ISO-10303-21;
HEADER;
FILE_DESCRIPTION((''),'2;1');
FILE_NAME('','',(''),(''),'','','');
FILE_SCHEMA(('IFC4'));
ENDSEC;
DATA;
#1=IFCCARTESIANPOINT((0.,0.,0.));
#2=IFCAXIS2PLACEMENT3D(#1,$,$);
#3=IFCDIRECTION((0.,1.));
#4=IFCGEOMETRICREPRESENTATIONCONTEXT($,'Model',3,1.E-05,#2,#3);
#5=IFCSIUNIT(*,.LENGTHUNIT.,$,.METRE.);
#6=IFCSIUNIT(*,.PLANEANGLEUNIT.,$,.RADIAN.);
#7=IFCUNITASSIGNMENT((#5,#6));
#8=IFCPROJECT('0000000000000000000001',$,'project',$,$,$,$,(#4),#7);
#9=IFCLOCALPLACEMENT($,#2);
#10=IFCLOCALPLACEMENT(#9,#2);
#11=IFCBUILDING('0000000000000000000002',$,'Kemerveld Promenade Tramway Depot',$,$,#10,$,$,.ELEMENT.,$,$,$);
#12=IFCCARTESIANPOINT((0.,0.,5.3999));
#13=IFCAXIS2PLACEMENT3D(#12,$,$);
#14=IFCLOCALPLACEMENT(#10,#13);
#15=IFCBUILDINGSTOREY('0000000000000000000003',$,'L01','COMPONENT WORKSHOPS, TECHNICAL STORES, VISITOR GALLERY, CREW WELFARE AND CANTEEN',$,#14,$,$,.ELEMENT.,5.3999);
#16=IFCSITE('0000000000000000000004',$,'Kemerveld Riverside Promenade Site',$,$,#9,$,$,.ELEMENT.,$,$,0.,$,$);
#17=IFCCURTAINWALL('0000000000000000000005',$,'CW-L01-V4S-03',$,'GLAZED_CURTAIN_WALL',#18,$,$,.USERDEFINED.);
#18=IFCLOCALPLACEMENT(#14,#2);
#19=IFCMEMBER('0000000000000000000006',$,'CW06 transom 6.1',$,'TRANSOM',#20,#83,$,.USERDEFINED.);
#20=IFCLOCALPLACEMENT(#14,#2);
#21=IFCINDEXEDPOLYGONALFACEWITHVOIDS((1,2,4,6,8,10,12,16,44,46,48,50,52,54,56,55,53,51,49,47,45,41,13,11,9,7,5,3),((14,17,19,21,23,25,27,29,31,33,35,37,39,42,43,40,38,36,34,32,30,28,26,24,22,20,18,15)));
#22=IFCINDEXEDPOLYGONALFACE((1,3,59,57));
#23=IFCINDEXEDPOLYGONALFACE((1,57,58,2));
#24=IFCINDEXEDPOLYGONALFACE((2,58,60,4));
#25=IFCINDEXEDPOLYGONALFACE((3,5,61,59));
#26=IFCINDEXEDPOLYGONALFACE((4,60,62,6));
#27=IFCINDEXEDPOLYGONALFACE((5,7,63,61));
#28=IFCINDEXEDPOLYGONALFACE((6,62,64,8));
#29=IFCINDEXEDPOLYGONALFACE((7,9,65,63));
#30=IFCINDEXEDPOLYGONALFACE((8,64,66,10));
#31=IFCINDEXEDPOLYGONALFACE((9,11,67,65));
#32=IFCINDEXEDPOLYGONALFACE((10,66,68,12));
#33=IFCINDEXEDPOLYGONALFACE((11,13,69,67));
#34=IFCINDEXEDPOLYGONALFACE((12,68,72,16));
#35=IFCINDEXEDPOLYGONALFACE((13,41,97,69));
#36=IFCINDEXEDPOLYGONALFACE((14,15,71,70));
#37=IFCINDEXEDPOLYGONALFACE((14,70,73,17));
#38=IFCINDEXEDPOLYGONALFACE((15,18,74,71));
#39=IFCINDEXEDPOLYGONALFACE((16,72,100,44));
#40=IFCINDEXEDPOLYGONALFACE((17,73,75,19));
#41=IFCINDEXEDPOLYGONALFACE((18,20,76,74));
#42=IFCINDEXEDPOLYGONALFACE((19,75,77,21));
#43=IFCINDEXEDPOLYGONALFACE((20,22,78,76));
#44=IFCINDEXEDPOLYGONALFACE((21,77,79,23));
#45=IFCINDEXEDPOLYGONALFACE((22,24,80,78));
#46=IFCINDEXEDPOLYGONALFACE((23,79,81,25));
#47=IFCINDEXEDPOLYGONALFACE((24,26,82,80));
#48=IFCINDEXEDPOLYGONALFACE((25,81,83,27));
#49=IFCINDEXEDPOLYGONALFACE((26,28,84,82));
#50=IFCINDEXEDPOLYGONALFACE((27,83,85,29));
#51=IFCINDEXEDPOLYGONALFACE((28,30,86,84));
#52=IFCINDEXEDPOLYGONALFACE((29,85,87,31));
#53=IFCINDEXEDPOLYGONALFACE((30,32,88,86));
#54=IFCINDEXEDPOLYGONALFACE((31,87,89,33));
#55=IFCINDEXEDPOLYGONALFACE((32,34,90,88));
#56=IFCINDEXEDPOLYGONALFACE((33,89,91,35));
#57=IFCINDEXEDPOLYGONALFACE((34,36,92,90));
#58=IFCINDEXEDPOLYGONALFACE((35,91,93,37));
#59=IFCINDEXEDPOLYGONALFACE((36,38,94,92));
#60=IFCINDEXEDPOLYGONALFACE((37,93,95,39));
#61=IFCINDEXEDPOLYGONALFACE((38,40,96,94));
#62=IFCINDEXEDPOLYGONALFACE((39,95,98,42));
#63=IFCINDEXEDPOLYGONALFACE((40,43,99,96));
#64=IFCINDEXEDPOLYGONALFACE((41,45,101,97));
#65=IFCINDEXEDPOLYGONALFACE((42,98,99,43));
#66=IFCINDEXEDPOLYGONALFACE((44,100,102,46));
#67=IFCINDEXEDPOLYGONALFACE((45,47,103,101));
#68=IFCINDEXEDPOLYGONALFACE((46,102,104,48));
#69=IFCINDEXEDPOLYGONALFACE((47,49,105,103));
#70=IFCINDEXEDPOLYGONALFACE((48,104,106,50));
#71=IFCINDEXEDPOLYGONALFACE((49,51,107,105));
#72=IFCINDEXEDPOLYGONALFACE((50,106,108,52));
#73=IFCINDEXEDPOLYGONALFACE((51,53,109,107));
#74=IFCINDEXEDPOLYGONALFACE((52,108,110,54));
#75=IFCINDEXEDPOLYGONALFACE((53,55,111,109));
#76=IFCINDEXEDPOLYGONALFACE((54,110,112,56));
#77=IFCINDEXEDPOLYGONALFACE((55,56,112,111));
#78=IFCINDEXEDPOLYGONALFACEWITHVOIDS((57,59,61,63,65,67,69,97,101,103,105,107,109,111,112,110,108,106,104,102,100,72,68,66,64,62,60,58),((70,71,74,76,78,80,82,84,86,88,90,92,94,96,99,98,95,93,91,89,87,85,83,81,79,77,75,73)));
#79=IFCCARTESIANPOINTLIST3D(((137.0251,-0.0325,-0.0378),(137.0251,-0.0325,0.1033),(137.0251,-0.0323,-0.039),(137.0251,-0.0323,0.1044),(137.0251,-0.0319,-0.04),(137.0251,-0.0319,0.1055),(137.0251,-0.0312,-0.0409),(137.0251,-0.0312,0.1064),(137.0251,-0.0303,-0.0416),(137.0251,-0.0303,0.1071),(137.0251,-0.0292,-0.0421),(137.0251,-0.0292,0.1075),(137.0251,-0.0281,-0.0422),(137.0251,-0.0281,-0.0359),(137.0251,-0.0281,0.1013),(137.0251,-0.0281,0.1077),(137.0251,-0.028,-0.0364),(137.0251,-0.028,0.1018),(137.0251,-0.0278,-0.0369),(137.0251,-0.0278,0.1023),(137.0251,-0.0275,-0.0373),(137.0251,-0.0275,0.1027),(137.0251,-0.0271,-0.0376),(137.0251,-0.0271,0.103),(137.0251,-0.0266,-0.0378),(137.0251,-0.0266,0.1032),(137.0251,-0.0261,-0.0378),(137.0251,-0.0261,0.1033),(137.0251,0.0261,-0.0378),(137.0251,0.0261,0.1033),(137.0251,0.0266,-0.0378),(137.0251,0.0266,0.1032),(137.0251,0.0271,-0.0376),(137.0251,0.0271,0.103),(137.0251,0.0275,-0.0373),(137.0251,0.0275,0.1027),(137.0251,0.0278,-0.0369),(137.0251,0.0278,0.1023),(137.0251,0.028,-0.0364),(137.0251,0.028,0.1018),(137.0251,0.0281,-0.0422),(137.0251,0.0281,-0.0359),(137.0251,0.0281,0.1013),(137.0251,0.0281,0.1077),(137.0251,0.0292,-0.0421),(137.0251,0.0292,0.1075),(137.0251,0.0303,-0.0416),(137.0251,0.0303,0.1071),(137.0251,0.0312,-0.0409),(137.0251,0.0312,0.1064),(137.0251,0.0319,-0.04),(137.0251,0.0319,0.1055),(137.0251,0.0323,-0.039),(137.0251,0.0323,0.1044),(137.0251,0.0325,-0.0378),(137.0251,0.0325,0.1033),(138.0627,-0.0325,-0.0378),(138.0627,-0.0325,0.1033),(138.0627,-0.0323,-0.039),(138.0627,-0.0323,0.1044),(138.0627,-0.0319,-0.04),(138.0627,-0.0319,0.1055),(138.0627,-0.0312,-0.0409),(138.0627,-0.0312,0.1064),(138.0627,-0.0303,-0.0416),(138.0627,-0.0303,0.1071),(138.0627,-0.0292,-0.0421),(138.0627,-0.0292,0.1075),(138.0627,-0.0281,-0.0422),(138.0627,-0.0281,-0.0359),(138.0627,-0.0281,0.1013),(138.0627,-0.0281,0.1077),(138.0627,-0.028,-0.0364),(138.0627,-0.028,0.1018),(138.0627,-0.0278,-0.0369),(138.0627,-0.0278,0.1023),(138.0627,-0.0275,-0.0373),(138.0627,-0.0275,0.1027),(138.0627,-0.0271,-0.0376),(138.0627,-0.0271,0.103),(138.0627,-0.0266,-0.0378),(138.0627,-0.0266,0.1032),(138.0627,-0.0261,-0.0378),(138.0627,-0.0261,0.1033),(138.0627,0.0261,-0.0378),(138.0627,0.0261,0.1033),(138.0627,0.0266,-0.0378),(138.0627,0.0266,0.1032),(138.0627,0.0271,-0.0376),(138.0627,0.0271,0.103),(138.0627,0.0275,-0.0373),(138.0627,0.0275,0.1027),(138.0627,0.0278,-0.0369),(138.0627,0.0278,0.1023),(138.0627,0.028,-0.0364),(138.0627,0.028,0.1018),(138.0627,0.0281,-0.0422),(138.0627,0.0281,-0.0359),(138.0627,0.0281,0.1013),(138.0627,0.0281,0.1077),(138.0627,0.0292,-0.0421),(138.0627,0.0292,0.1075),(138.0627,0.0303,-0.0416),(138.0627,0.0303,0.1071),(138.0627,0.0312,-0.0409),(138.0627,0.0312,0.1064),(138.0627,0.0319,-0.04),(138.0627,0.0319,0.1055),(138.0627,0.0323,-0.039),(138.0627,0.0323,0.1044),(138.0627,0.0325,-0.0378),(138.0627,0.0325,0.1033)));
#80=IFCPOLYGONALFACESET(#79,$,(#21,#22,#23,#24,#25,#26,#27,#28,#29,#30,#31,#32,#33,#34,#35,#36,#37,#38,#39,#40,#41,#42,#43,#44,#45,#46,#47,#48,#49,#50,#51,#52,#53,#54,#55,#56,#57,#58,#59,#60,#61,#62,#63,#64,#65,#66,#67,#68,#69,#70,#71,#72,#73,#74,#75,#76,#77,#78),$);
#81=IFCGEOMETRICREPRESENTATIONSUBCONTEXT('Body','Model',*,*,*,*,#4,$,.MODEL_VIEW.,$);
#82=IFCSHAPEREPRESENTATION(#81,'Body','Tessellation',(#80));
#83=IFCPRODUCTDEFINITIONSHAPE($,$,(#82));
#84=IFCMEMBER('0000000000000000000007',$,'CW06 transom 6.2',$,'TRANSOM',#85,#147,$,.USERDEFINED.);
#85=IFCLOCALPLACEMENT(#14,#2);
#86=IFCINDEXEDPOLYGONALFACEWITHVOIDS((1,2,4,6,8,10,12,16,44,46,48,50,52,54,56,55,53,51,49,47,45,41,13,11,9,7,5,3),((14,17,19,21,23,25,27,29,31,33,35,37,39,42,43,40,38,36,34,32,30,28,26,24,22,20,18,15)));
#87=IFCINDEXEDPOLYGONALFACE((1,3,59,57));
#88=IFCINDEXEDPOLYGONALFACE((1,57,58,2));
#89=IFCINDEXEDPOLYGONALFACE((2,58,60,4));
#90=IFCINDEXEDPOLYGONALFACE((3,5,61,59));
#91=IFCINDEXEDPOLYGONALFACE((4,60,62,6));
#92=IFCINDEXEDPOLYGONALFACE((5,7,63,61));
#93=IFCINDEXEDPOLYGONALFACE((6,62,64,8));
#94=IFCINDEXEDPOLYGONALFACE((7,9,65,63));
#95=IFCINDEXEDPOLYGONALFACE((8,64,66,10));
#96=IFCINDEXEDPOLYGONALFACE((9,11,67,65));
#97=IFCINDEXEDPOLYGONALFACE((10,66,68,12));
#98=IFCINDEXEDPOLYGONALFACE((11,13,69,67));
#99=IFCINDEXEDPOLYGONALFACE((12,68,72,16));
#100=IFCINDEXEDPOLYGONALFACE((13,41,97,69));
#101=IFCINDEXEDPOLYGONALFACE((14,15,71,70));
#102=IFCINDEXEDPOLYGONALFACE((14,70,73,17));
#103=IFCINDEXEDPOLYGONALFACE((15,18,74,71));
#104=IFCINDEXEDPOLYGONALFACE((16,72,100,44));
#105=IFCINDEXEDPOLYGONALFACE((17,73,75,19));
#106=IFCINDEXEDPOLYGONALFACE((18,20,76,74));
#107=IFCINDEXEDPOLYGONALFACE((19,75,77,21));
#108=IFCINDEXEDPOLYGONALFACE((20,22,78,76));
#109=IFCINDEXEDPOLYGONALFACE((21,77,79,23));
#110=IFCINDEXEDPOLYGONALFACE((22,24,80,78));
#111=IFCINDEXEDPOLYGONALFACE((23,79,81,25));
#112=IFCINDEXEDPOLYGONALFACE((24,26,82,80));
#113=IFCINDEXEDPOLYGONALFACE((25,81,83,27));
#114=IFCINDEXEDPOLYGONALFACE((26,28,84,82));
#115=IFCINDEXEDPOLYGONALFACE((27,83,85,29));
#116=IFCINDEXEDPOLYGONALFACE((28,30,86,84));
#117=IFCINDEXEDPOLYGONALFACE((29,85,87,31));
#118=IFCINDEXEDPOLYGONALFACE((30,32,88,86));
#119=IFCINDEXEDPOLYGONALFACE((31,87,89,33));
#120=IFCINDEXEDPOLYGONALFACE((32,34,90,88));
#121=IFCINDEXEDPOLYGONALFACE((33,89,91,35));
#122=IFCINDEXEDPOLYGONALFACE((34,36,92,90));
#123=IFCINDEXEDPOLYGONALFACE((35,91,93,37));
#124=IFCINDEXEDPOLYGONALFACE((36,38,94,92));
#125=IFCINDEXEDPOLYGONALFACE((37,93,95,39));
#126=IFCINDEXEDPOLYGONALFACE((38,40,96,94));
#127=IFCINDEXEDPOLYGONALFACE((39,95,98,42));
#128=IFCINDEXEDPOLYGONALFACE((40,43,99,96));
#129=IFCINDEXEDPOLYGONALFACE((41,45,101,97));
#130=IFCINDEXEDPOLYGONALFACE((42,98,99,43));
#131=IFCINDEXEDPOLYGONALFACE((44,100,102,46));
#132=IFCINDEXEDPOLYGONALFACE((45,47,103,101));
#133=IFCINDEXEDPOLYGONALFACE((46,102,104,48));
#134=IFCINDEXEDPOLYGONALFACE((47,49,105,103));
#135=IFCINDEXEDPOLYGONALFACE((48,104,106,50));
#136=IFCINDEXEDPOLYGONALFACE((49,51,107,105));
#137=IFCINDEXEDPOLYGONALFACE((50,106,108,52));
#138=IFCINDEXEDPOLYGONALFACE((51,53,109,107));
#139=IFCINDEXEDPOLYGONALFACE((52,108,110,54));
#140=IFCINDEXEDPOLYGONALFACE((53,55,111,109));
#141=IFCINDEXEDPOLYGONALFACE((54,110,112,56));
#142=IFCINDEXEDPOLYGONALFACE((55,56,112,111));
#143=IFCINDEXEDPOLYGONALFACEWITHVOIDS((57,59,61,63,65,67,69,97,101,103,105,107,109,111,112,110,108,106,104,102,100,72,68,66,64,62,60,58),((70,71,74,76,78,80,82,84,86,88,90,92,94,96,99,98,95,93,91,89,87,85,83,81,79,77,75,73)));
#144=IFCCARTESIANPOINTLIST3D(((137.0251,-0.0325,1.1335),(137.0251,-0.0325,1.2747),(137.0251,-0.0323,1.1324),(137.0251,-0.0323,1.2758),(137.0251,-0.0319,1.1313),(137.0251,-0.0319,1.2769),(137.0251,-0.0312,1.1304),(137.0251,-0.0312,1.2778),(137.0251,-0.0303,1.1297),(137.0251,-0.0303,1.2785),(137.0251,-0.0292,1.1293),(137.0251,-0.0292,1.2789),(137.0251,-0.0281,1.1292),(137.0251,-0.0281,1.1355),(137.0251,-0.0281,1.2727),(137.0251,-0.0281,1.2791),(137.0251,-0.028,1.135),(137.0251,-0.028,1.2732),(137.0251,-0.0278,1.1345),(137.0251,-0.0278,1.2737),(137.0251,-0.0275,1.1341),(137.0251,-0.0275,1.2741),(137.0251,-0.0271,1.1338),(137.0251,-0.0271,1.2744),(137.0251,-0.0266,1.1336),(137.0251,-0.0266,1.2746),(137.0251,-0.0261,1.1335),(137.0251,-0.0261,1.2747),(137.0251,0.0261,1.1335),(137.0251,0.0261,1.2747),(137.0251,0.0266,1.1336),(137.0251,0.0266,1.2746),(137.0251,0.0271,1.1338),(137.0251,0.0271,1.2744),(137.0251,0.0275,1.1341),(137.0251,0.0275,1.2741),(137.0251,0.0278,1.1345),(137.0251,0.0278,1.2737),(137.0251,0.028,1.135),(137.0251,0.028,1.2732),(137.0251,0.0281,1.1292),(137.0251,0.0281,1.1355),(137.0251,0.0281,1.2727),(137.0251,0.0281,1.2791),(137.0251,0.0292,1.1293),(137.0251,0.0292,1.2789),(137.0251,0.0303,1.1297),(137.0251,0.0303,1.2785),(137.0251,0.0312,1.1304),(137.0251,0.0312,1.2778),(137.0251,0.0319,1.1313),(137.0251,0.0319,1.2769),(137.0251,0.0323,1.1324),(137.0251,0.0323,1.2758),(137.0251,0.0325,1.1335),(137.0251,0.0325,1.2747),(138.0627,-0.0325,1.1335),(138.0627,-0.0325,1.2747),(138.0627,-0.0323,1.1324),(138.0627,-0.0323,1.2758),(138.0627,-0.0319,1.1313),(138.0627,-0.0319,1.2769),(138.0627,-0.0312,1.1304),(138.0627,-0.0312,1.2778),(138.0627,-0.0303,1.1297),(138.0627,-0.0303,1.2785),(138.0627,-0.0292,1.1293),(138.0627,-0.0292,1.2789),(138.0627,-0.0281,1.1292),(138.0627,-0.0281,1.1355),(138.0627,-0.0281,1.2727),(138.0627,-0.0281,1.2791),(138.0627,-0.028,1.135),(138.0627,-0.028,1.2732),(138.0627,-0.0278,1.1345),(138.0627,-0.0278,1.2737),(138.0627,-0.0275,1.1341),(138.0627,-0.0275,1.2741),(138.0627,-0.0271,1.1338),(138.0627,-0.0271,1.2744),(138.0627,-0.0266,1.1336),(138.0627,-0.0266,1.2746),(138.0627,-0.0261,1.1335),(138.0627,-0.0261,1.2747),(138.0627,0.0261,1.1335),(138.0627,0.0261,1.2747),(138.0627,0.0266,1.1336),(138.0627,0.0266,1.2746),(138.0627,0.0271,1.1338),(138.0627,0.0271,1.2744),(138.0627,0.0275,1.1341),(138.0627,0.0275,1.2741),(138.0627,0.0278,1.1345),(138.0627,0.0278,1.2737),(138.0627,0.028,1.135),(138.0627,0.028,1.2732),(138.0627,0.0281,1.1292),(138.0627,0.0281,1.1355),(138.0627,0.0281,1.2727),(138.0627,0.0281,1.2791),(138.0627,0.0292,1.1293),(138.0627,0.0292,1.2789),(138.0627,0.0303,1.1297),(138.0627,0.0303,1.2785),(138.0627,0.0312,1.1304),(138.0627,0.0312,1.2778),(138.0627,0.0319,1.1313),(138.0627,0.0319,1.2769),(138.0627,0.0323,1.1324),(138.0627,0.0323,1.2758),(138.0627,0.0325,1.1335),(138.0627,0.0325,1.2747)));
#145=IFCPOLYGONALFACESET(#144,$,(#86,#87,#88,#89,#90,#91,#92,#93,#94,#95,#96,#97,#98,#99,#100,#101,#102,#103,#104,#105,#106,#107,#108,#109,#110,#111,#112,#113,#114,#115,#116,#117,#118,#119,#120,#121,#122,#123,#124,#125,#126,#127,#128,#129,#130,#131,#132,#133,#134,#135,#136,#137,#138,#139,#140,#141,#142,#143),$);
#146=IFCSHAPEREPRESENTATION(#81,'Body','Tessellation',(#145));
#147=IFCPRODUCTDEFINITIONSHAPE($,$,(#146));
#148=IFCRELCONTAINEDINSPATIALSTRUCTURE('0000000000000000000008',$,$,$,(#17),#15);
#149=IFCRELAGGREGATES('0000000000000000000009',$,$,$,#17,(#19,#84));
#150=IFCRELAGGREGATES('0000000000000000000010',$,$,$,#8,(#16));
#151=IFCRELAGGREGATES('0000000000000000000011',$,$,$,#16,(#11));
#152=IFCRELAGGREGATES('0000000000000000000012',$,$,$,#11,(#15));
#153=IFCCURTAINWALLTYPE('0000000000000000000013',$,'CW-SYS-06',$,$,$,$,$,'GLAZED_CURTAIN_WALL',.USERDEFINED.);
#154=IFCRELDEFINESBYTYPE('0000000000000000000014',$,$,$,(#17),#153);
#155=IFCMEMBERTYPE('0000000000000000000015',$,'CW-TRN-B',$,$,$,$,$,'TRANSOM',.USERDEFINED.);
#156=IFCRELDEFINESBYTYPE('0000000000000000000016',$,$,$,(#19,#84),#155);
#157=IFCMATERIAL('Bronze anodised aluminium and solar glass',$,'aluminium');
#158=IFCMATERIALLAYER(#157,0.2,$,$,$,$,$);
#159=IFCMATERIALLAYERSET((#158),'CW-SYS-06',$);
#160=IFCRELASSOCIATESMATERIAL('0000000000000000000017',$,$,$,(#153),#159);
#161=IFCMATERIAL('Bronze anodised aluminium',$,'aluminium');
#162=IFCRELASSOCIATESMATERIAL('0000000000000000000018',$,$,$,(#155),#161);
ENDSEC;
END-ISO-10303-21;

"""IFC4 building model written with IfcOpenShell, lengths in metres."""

from ifc_helpers import new_model, si_unit, direction, frame, origin, origin_2d, place, context, subcontext, project, spatial, hollow_rectangle, extrude, material, layer, layer_set, material_profile, profile_set, type_object, element, aggregate, save


model = new_model("IFC4")

# Units and contexts
model_context = context("Model", 3, precision=1e-05, world=origin(), true_north=direction((0.0, 1.0)))
body_context = subcontext(model_context, "Body", "Model", "MODEL_VIEW")
ifc_project = project(units=[si_unit("LENGTHUNIT", "METRE"), si_unit("PLANEANGLEUNIT", "RADIAN")], contexts=[model_context])

# Site, building, storey
site_placement = place(None, origin())
site = spatial("IfcSite", under=ifc_project, at=site_placement, Name="Kemerveld Riverside Promenade Site", CompositionType="ELEMENT", RefElevation=0.0)
building_placement = place(site_placement, origin())
building = spatial("IfcBuilding", under=site, at=building_placement, Name="Kemerveld Promenade Tramway Depot", CompositionType="ELEMENT")
storey_placement = place(building_placement, frame((0.0, 0.0, 5.3999)))
storey = spatial("IfcBuildingStorey", under=building, at=storey_placement, Name="L01", Description="COMPONENT WORKSHOPS, TECHNICAL STORES, VISITOR GALLERY, CREW WELFARE AND CANTEEN", CompositionType="ELEMENT", Elevation=5.3999)

# Curtain wall, members
ifc_material_1 = material(Name="Bronze anodised aluminium and solar glass", Category="aluminium")
ifc_layer_1 = layer(ifc_material_1, 0.2)
ifc_layer_set_1 = layer_set([ifc_layer_1], Name="CW-SYS-06")
curtain_wall_type = type_object("IfcCurtainWallType", Name="CW-SYS-06", ElementType="GLAZED_CURTAIN_WALL", PredefinedType="USERDEFINED", material=ifc_layer_set_1)
curtain_wall_placement = place(storey_placement, origin())
curtain_wall = element("IfcCurtainWall", 1, at=curtain_wall_placement, inside=storey, type_object=curtain_wall_type, Name="CW-L01-V4S-03", ObjectType="GLAZED_CURTAIN_WALL", PredefinedType="USERDEFINED")
ifc_material_2 = material(Name="Bronze anodised aluminium", Category="aluminium")
ifc_material_profile_1 = material_profile(ifc_material_2, hollow_rectangle(XDim=0.0649, YDim=0.1499, WallThickness=0.0044, InnerFilletRadius=0.002, OuterFilletRadius=0.0044, at=origin_2d()), Name="CW-TRN-150x65")
ifc_profile_set_1 = profile_set([ifc_material_profile_1], Name="Bronze anodised aluminium")
member_type_1 = type_object("IfcMemberType", Name="CW-TRN-B", ElementType="TRANSOM", PredefinedType="USERDEFINED", material=ifc_profile_set_1)
member_1_placement = place(storey_placement, frame((138.0627, 0.0, 0.0327), z_axis=(-1.0, 0.0, 0.0), x_axis=(0.0, -1.0, 0.0)))
member_1 = element("IfcMember", 2, at=member_1_placement, type_object=member_type_1, Name="CW06 transom 6.1", ObjectType="TRANSOM", PredefinedType="USERDEFINED", context=body_context, shape_type="SweptSolid", body=[
    extrude(hollow_rectangle(XDim=0.0649, YDim=0.1499, WallThickness=0.0044, InnerFilletRadius=0.002, OuterFilletRadius=0.0044, at=origin_2d()), origin(), (0.0, 0.0, 1.0), 1.0376),
])
member_2_placement = place(storey_placement, frame((138.0627, 0.0, 1.2041), z_axis=(-1.0, 0.0, 0.0), x_axis=(0.0, -1.0, 0.0)))
member_2 = element("IfcMember", 3, at=member_2_placement, type_object=member_type_1, Name="CW06 transom 6.2", ObjectType="TRANSOM", PredefinedType="USERDEFINED", context=body_context, shape_type="SweptSolid", body=[
    extrude(hollow_rectangle(XDim=0.0649, YDim=0.1499, WallThickness=0.0044, InnerFilletRadius=0.002, OuterFilletRadius=0.0044, at=origin_2d()), origin(), (0.0, 0.0, 1.0), 1.0376),
])
aggregate(curtain_wall, [member_1, member_2])

save(model, "model.ifc")
